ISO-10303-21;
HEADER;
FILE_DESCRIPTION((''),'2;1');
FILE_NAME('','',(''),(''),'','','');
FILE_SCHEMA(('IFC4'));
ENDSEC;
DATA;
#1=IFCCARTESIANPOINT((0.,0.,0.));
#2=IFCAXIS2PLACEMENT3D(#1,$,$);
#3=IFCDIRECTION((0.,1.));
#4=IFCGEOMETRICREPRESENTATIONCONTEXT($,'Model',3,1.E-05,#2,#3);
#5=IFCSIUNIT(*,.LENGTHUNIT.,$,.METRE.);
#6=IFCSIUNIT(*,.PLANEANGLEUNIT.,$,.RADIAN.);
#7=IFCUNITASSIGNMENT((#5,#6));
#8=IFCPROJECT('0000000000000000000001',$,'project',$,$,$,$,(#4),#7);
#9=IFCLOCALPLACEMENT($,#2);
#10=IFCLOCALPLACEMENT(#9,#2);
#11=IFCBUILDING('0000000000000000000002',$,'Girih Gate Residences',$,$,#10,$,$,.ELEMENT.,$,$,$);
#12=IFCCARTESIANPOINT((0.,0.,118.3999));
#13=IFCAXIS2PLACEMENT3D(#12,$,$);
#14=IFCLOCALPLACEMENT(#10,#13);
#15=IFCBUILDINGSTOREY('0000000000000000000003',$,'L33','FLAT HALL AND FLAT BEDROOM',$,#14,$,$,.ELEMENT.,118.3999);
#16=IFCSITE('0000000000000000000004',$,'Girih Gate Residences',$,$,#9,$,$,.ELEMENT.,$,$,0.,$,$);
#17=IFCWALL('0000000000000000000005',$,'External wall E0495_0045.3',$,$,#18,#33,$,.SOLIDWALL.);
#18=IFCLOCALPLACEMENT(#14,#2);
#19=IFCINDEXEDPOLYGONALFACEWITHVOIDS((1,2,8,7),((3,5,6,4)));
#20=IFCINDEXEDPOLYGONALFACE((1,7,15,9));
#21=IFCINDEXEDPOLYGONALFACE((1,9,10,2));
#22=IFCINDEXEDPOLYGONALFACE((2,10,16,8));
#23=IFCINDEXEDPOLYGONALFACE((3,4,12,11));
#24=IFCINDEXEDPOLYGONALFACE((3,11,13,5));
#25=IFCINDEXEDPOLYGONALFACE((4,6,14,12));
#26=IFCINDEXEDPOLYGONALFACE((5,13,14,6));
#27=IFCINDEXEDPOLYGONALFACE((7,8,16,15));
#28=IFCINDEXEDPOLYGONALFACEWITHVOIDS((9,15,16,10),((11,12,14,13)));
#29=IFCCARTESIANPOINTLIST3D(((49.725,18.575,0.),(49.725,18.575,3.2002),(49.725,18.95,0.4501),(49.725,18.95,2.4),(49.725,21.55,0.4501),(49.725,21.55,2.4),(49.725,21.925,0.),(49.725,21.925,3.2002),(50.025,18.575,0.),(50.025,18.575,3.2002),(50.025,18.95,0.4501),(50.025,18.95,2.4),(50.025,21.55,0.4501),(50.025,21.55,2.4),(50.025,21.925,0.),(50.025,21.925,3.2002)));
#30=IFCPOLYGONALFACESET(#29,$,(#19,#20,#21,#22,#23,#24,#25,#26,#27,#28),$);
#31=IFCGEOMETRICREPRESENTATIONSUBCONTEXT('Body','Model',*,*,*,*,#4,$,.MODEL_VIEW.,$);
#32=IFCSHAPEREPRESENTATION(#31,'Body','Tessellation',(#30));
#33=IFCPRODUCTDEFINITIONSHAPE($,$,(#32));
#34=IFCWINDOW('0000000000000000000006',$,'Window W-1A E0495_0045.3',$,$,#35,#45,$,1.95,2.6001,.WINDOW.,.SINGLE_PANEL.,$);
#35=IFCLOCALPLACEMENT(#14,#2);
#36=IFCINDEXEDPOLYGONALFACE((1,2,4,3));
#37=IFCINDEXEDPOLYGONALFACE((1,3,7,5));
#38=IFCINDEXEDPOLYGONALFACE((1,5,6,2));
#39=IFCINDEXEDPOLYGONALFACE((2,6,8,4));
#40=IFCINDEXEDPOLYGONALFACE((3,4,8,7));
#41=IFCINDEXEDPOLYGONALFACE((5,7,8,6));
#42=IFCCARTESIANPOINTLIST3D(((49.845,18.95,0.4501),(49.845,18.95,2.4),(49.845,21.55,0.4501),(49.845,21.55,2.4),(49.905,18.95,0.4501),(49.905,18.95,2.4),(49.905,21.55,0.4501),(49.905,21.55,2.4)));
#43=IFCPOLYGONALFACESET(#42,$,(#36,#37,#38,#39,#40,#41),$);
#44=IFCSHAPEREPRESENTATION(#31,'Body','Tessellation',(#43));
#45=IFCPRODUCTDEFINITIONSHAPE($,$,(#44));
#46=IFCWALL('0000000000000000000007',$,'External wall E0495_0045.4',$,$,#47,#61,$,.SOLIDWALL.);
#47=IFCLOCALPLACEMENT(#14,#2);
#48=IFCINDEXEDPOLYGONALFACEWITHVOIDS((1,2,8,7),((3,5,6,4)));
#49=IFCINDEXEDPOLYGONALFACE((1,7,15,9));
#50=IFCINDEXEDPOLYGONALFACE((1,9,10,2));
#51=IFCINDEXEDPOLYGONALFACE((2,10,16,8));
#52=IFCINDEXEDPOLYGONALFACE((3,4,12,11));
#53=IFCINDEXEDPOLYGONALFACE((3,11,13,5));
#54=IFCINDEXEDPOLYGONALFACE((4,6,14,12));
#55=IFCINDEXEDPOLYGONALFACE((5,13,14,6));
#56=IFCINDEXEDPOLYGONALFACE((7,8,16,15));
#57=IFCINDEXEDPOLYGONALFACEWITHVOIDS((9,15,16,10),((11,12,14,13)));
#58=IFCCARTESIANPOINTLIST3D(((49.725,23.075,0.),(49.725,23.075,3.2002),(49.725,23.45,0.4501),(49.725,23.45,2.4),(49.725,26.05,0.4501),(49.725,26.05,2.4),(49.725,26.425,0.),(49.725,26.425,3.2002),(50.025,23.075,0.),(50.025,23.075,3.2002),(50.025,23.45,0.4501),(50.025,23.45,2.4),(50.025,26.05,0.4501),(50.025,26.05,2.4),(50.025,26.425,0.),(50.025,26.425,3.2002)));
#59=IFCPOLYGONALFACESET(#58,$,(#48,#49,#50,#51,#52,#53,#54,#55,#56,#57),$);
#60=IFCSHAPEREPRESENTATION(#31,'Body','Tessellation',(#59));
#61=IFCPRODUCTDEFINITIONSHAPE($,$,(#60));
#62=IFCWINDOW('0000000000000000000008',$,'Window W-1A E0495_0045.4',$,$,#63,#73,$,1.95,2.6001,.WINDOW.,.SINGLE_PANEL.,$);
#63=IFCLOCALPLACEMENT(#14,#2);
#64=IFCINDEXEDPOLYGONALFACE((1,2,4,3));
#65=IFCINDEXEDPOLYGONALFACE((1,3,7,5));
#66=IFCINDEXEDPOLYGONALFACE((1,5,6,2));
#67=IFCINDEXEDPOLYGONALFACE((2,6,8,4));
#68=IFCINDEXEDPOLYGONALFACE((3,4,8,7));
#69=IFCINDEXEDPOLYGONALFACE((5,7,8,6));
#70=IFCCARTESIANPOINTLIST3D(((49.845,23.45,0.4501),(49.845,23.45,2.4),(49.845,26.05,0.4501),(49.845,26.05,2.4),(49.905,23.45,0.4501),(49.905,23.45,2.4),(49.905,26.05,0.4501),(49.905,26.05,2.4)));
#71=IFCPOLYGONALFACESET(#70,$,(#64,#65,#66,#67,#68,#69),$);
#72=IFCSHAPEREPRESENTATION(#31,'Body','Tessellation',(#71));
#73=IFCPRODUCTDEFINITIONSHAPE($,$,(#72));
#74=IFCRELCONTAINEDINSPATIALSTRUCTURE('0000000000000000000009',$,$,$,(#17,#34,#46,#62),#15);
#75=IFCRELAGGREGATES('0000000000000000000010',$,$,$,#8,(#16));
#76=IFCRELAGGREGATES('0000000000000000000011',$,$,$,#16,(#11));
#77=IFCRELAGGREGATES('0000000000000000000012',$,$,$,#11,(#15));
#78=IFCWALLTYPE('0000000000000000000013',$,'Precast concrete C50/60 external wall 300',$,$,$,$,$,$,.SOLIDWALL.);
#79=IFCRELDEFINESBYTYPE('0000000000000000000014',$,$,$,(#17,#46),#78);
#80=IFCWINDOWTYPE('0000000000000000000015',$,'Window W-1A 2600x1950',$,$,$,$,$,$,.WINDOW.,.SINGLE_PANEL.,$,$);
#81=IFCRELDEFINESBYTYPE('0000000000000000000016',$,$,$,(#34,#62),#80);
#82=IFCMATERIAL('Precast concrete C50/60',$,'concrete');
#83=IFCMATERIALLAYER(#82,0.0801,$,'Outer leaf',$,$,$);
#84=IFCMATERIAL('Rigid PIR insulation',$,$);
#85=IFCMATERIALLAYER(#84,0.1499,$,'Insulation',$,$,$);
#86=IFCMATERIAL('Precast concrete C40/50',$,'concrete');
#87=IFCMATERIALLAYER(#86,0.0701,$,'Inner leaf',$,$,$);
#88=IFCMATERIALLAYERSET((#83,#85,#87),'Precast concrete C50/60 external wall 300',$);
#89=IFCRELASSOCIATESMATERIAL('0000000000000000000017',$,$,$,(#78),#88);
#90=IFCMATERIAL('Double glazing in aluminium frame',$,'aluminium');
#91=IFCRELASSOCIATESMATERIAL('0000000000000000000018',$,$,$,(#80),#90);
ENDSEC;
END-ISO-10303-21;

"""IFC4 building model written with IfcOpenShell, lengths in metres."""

from ifc_helpers import new_model, si_unit, direction, frame, frame_2d, origin, place, context, subcontext, project, spatial, rectangle, extrude, material, layer, layer_set, type_object, element, fill, save


model = new_model("IFC4")

# Units and contexts
model_context = context("Model", 3, precision=1e-05, world=origin(), true_north=direction((0.0, 1.0)))
body_context = subcontext(model_context, "Body", "Model", "MODEL_VIEW")
ifc_project = project(units=[si_unit("LENGTHUNIT", "METRE"), si_unit("PLANEANGLEUNIT", "RADIAN")], contexts=[model_context])

# Site, building, storey
site_placement = place(None, origin())
site = spatial("IfcSite", under=ifc_project, at=site_placement, Name="Girih Gate Residences", CompositionType="ELEMENT", RefElevation=0.0)
building_placement = place(site_placement, origin())
building = spatial("IfcBuilding", under=site, at=building_placement, Name="Girih Gate Residences", CompositionType="ELEMENT")
storey_placement = place(building_placement, frame((0.0, 0.0, 118.3999)))
storey = spatial("IfcBuildingStorey", under=building, at=storey_placement, Name="L33", Description="FLAT HALL AND FLAT BEDROOM", CompositionType="ELEMENT", Elevation=118.3999)

# Walls, openings, windows
ifc_material_1 = material(Name="Precast concrete C50/60", Category="concrete")
ifc_layer_1 = layer(ifc_material_1, 0.0801, Name="Outer leaf")
ifc_material_2 = material(Name="Rigid PIR insulation")
ifc_layer_2 = layer(ifc_material_2, 0.1499, Name="Insulation")
ifc_material_3 = material(Name="Precast concrete C40/50", Category="concrete")
ifc_layer_3 = layer(ifc_material_3, 0.0701, Name="Inner leaf")
ifc_layer_set_1 = layer_set([ifc_layer_1, ifc_layer_2, ifc_layer_3], Name="Precast concrete C50/60 external wall 300")
wall_type_1 = type_object("IfcWallType", Name="Precast concrete C50/60 external wall 300", PredefinedType="SOLIDWALL", material=ifc_layer_set_1)
wall_1_placement = place(storey_placement, frame((49.875, 21.925, 0.0), z_axis=(0.0, 0.0, 1.0), x_axis=(0.0, -1.0, 0.0)))
wall_1 = element("IfcWall", 1, at=wall_1_placement, inside=storey, type_object=wall_type_1, Name="External wall E0495_0045.3", PredefinedType="SOLIDWALL", context=body_context, shape_type="SweptSolid", body=[
    extrude(rectangle(XDim=3.3501, YDim=0.3, at=frame_2d((1.675, 0.0))), origin(), (0.0, 0.0, 1.0), 3.2002),
])
opening_1_placement = place(wall_1_placement, frame((0.375, 0.0, 0.45)))
opening_1 = element("IfcOpeningElement", 2, at=opening_1_placement, cuts=wall_1, PredefinedType="OPENING", context=body_context, shape_type="SweptSolid", body=[
    extrude(rectangle(XDim=2.6001, YDim=1.95, at=frame_2d((1.3, 0.9751))), frame((0.0, 0.1599, 0.0), z_axis=(0.0, -1.0, 0.0), x_axis=(1.0, 0.0, 0.0)), (0.0, 0.0, 1.0), 0.3201),
])
ifc_material_4 = material(Name="Double glazing in aluminium frame", Category="aluminium")
window_type = type_object("IfcWindowType", Name="Window W-1A 2600x1950", PartitioningType="SINGLE_PANEL", PredefinedType="WINDOW", material=ifc_material_4)
window_1_placement = place(opening_1_placement, origin())
window_1 = element("IfcWindow", 3, at=window_1_placement, inside=storey, type_object=window_type, Name="Window W-1A E0495_0045.3", OverallHeight=1.95, OverallWidth=2.6001, PartitioningType="SINGLE_PANEL", PredefinedType="WINDOW", context=body_context, shape_type="SweptSolid", body=[
    extrude(rectangle(XDim=2.6001, YDim=1.95, at=frame_2d((1.3, 0.9751))), frame((0.0, 0.03, 0.0), z_axis=(0.0, -1.0, 0.0), x_axis=(1.0, 0.0, 0.0)), (0.0, 0.0, 1.0), 0.0601),
])
fill(opening_1, window_1)
wall_2_placement = place(storey_placement, frame((49.875, 26.425, 0.0), z_axis=(0.0, 0.0, 1.0), x_axis=(0.0, -1.0, 0.0)))
wall_2 = element("IfcWall", 4, at=wall_2_placement, inside=storey, type_object=wall_type_1, Name="External wall E0495_0045.4", PredefinedType="SOLIDWALL", context=body_context, shape_type="SweptSolid", body=[
    extrude(rectangle(XDim=3.3501, YDim=0.3, at=frame_2d((1.675, 0.0))), origin(), (0.0, 0.0, 1.0), 3.2002),
])
opening_2_placement = place(wall_2_placement, frame((0.375, 0.0, 0.45)))
opening_2 = element("IfcOpeningElement", 5, at=opening_2_placement, cuts=wall_2, PredefinedType="OPENING", context=body_context, shape_type="SweptSolid", body=[
    extrude(rectangle(XDim=2.6001, YDim=1.95, at=frame_2d((1.3, 0.9751))), frame((0.0, 0.1599, 0.0), z_axis=(0.0, -1.0, 0.0), x_axis=(1.0, 0.0, 0.0)), (0.0, 0.0, 1.0), 0.3201),
])
window_2_placement = place(opening_2_placement, origin())
window_2 = element("IfcWindow", 6, at=window_2_placement, inside=storey, type_object=window_type, Name="Window W-1A E0495_0045.4", OverallHeight=1.95, OverallWidth=2.6001, PartitioningType="SINGLE_PANEL", PredefinedType="WINDOW", context=body_context, shape_type="SweptSolid", body=[
    extrude(rectangle(XDim=2.6001, YDim=1.95, at=frame_2d((1.3, 0.9751))), frame((0.0, 0.03, 0.0), z_axis=(0.0, -1.0, 0.0), x_axis=(1.0, 0.0, 0.0)), (0.0, 0.0, 1.0), 0.0601),
])
fill(opening_2, window_2)

save(model, "model.ifc")
